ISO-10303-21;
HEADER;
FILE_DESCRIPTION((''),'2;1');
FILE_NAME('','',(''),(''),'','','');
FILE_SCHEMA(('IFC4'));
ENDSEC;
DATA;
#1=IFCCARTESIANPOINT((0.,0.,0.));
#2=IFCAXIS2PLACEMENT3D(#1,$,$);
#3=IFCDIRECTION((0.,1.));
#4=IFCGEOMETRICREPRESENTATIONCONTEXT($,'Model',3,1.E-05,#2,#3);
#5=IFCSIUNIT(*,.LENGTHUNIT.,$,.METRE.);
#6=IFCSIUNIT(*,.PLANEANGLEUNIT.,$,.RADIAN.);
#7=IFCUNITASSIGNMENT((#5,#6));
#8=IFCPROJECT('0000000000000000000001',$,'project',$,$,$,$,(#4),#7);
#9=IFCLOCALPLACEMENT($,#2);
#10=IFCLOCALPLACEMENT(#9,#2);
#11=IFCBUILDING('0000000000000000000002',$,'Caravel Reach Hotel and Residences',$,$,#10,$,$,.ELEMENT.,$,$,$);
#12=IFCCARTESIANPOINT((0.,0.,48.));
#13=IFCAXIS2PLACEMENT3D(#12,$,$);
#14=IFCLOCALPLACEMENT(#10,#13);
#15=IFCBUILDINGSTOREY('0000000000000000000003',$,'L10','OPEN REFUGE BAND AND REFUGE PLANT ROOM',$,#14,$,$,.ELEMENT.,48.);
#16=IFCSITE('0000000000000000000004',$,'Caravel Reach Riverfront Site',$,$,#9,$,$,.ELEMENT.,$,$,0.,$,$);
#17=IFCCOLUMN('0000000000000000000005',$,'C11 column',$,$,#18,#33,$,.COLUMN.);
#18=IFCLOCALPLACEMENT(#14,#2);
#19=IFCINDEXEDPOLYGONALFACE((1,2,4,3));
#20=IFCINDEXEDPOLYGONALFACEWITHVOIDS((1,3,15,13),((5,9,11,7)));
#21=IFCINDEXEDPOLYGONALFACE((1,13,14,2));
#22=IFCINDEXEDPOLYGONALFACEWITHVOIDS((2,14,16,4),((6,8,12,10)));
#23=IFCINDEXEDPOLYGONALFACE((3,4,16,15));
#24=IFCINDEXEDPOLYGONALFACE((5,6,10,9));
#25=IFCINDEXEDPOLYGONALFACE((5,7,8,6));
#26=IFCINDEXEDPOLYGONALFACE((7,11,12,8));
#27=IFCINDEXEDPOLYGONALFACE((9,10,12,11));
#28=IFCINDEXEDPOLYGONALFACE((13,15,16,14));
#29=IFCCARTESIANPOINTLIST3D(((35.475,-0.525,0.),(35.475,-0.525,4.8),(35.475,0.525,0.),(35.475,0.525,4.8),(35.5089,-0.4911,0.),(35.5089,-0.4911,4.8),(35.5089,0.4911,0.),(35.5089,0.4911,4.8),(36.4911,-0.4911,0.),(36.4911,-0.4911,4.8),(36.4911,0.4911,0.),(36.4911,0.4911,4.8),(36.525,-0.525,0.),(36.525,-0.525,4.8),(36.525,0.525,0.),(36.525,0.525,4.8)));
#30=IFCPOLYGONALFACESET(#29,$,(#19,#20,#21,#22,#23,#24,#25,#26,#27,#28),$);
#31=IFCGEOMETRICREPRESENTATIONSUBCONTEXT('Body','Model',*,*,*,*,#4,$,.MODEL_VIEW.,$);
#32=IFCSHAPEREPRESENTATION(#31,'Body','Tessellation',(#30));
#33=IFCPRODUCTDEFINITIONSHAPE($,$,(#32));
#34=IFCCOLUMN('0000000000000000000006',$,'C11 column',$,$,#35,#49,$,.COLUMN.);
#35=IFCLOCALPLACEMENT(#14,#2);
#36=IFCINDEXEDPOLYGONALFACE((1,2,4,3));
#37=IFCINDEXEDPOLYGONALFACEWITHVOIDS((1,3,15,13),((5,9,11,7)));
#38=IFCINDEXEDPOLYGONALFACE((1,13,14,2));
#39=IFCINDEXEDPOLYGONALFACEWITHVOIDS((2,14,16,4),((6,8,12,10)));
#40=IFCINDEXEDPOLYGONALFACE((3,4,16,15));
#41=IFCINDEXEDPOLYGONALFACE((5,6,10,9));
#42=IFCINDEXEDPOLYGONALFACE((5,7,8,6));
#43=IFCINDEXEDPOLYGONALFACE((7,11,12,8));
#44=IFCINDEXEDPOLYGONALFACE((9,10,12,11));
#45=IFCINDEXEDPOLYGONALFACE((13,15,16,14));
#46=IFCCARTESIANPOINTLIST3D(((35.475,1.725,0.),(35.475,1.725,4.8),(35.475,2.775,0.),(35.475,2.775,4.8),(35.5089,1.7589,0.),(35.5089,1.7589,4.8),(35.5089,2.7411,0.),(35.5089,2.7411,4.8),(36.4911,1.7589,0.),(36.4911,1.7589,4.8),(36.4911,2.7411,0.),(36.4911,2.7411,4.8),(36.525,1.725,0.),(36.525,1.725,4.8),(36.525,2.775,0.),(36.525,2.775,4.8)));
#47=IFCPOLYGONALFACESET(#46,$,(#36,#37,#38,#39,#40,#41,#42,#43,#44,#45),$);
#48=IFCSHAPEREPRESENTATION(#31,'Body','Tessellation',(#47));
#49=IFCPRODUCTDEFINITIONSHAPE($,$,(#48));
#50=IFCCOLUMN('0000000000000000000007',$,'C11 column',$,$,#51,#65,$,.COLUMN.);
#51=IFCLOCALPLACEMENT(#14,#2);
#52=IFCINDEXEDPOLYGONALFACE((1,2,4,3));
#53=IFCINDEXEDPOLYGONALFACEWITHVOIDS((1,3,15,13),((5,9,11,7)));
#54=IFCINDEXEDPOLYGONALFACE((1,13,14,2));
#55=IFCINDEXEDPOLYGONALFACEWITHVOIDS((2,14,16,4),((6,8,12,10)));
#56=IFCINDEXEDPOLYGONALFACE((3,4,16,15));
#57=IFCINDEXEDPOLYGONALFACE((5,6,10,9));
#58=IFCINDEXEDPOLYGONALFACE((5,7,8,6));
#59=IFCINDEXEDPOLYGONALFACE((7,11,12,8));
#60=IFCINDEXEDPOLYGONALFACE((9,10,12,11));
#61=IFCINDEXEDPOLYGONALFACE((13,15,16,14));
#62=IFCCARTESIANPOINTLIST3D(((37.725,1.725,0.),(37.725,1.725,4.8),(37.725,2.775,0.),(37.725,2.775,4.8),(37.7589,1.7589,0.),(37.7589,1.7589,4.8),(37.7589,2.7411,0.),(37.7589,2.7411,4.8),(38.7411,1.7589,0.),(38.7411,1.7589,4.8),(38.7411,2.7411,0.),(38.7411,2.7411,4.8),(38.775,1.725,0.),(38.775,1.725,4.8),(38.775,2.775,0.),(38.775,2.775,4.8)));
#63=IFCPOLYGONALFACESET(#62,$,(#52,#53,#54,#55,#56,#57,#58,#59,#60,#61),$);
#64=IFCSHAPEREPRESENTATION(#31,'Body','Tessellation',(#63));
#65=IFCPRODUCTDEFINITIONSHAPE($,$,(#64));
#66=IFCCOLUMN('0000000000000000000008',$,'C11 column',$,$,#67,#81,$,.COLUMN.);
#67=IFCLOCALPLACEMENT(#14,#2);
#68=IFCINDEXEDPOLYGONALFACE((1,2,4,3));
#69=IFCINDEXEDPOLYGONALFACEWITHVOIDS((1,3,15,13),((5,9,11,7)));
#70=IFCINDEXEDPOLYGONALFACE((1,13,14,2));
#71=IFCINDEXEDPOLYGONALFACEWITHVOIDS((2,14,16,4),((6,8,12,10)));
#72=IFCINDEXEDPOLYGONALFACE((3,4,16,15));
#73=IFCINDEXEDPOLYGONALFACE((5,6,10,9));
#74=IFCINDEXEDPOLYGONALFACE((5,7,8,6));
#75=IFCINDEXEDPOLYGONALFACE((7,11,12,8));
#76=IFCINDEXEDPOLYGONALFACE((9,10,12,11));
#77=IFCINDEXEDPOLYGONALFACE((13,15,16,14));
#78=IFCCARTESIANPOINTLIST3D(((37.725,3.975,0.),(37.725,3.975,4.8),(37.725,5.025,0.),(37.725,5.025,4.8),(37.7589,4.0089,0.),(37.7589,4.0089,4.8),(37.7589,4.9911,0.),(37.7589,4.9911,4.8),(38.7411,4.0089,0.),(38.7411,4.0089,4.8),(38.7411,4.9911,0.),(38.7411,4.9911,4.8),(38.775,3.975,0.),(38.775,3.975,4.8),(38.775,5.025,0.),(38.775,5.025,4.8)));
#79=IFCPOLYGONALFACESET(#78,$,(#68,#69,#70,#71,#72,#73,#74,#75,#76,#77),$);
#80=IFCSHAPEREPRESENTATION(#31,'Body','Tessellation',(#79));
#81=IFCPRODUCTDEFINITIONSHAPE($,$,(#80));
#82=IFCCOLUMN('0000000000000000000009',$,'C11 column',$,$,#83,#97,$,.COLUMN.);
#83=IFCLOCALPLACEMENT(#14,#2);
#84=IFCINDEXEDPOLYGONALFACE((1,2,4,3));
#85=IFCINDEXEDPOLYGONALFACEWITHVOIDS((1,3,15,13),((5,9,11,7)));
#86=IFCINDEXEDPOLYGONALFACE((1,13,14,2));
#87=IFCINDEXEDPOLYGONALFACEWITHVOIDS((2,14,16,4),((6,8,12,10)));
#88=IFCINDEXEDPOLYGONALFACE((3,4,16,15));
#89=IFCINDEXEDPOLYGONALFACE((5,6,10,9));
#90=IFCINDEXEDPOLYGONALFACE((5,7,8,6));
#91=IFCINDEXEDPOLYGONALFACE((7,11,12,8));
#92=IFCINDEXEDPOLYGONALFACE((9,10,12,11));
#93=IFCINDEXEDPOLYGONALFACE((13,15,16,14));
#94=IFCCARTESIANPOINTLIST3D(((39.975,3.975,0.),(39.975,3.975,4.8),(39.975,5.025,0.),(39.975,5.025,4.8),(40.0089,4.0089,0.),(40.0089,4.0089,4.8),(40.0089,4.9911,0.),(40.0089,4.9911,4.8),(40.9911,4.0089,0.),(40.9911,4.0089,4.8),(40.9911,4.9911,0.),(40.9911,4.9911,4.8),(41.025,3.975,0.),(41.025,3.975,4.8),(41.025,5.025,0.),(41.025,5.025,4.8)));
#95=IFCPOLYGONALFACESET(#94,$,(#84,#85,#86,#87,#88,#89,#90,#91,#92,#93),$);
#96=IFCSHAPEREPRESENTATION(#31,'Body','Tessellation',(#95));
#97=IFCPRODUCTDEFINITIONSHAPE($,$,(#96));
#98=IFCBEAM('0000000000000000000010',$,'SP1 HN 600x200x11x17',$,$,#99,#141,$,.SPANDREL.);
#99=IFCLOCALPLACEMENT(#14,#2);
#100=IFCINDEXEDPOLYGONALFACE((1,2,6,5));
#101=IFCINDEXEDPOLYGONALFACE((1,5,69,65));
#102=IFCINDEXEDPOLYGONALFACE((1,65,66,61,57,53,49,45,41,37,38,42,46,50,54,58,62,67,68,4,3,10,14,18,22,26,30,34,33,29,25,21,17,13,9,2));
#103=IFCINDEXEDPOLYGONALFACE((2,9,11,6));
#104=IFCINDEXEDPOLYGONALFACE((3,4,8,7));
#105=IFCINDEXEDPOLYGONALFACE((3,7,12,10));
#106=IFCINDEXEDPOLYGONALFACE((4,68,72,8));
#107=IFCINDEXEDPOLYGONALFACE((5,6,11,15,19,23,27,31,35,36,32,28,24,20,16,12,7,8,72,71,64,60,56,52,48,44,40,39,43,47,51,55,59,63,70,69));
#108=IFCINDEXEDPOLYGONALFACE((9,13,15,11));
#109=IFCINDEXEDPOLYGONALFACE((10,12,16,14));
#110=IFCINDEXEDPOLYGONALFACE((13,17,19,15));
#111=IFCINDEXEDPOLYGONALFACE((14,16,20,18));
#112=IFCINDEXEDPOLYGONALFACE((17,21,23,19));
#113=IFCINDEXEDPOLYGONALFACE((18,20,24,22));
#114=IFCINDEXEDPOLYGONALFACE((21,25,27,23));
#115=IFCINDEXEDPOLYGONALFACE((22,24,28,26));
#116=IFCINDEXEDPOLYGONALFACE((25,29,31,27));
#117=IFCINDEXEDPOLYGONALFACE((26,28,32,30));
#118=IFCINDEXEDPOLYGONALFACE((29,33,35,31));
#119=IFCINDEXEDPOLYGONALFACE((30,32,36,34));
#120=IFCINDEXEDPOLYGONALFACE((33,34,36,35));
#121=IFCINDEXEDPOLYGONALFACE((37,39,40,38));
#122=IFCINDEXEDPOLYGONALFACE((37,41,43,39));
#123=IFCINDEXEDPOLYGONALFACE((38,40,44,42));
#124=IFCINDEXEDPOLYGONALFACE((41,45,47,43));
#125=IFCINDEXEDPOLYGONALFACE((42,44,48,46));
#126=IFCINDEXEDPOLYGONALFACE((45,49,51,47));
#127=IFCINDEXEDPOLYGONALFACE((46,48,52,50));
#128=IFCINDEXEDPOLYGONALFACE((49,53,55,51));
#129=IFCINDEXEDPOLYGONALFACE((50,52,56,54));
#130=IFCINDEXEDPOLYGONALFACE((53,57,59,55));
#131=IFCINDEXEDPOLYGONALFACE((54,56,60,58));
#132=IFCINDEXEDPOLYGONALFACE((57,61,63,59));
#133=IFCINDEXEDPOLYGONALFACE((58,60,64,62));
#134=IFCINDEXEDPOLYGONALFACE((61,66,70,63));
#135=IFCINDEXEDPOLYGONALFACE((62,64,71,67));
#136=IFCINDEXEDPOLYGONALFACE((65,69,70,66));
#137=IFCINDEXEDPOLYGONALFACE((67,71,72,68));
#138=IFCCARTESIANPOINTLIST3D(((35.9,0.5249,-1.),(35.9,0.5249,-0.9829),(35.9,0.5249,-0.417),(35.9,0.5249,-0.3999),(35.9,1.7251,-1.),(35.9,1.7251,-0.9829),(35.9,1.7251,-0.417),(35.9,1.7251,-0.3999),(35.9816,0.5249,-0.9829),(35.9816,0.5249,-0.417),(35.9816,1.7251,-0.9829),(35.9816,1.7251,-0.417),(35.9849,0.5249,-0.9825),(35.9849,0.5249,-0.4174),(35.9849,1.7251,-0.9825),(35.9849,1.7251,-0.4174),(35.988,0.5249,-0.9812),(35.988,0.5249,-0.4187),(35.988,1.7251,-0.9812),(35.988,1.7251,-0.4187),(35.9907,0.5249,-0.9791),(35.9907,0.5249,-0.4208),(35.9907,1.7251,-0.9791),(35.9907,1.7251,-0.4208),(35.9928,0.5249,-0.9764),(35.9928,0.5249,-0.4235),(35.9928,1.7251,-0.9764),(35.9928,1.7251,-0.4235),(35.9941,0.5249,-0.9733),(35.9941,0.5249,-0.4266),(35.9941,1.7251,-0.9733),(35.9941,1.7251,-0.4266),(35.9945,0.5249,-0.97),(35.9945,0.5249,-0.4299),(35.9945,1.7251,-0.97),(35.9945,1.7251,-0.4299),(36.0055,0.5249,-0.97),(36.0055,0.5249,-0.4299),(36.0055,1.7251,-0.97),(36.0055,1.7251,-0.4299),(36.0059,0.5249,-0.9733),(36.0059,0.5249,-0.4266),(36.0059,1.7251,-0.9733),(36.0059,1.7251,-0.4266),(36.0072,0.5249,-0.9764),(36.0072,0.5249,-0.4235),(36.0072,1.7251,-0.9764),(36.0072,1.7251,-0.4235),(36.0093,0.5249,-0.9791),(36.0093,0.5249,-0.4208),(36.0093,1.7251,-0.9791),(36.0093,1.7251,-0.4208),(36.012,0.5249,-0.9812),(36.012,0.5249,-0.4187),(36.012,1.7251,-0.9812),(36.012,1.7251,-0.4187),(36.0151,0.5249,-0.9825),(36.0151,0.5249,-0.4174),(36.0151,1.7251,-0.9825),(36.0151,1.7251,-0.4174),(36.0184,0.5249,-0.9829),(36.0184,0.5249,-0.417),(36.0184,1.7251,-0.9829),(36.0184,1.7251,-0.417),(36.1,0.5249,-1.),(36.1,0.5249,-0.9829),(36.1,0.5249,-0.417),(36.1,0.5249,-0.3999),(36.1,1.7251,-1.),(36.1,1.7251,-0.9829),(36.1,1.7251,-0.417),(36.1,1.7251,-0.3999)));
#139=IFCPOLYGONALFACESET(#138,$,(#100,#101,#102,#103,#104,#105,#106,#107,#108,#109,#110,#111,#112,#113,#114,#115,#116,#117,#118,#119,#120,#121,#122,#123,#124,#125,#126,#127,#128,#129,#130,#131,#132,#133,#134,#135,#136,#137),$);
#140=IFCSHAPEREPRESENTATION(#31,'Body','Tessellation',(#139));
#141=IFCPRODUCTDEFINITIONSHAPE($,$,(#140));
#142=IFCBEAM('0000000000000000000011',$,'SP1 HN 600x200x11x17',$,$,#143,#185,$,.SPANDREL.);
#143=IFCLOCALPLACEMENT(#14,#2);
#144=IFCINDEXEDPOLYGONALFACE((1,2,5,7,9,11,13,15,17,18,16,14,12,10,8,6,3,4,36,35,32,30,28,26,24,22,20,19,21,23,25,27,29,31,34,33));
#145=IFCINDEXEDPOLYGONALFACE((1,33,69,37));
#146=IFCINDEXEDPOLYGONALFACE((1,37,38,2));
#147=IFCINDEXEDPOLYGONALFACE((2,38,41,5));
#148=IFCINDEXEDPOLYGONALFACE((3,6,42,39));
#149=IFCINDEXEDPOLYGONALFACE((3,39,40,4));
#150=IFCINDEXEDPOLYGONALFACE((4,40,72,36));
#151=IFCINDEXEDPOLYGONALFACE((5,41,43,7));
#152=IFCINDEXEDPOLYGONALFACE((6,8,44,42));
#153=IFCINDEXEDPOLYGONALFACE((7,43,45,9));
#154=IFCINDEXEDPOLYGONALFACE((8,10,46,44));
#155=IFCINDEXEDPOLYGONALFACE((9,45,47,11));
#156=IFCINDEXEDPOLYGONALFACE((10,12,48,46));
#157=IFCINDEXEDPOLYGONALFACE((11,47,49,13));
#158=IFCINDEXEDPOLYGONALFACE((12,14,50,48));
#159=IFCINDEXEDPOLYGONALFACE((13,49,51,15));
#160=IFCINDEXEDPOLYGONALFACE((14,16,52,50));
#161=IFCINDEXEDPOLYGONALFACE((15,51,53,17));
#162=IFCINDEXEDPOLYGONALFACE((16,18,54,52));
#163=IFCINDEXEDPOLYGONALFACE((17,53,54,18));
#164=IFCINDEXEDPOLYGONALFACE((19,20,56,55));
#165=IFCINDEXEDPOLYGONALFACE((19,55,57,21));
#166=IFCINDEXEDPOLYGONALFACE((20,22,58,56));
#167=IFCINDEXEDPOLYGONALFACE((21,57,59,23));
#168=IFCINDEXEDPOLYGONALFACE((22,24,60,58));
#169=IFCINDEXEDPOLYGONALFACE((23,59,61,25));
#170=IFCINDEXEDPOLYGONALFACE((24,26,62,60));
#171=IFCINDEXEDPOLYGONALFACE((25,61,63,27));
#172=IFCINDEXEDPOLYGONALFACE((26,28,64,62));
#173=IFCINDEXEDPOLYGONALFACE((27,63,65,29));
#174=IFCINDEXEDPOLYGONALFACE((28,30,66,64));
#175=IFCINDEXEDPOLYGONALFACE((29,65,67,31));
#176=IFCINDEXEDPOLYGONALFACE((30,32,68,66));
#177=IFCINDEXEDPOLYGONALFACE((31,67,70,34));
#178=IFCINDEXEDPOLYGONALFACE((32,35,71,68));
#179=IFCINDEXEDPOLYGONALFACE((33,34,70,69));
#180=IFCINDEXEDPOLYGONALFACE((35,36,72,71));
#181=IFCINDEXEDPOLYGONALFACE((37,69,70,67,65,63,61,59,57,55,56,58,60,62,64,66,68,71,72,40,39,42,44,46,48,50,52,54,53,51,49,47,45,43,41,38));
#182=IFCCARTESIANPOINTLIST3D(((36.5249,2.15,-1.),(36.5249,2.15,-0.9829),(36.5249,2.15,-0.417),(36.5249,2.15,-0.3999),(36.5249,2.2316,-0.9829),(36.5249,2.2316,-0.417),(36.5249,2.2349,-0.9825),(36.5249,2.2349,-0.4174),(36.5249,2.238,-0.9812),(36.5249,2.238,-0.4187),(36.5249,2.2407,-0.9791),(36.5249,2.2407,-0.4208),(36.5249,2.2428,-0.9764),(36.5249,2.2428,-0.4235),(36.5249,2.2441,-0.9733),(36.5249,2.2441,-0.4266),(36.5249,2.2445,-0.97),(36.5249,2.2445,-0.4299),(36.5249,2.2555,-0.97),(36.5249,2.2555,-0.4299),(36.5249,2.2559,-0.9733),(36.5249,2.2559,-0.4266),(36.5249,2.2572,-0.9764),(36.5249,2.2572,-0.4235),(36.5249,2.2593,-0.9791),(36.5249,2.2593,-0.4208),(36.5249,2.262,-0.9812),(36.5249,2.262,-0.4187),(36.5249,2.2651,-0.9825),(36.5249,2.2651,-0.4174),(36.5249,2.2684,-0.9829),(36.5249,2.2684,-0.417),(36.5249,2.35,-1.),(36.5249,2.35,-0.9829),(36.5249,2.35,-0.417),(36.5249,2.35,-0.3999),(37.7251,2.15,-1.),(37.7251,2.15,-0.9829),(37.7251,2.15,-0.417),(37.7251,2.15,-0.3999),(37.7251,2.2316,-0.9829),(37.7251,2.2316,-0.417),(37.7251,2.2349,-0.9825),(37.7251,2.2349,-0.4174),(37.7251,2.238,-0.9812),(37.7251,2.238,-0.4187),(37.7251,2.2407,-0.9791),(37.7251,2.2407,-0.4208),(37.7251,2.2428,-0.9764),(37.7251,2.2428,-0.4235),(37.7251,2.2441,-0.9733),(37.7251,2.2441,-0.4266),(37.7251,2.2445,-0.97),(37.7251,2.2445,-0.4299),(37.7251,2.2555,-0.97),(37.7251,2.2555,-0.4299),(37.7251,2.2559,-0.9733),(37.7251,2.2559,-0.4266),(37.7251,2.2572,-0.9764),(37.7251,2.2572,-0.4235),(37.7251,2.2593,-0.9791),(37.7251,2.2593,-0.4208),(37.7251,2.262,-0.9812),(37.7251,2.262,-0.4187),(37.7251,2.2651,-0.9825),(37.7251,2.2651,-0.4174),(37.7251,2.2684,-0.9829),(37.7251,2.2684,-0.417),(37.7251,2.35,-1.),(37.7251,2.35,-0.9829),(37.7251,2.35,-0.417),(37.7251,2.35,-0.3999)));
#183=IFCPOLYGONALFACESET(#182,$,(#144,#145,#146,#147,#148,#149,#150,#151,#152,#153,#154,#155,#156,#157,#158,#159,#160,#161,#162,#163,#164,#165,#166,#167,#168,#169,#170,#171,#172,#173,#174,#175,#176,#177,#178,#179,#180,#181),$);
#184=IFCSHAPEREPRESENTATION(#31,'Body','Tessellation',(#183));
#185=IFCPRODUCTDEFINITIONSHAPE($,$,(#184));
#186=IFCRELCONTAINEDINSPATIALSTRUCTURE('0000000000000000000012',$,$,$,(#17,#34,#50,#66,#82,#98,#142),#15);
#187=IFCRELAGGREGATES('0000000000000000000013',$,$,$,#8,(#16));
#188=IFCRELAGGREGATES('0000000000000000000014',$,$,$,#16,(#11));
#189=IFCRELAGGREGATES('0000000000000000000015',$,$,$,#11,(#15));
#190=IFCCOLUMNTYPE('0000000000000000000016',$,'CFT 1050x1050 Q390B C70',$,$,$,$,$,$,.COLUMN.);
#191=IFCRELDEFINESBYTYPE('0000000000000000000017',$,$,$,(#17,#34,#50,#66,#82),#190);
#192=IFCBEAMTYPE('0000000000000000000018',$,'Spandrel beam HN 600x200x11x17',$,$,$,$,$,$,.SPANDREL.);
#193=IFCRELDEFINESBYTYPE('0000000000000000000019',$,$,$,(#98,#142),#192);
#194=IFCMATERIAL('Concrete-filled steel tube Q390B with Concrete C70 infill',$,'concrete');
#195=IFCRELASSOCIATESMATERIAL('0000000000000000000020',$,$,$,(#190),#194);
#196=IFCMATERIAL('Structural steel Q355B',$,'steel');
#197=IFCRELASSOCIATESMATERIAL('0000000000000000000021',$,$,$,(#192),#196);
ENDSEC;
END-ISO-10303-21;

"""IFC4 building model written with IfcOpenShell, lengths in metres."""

from ifc_helpers import new_model, si_unit, direction, frame, origin, origin_2d, place, context, subcontext, project, spatial, hollow_rectangle, i_section, extrude, material, material_profile, profile_set, type_object, element, save


model = new_model("IFC4")

# Units and contexts
model_context = context("Model", 3, precision=1e-05, world=origin(), true_north=direction((0.0, 1.0)))
body_context = subcontext(model_context, "Body", "Model", "MODEL_VIEW")
ifc_project = project(units=[si_unit("LENGTHUNIT", "METRE"), si_unit("PLANEANGLEUNIT", "RADIAN")], contexts=[model_context])

# Site, building, storey
site_placement = place(None, origin())
site = spatial("IfcSite", under=ifc_project, at=site_placement, Name="Caravel Reach Riverfront Site", CompositionType="ELEMENT", RefElevation=0.0)
building_placement = place(site_placement, origin())
building = spatial("IfcBuilding", under=site, at=building_placement, Name="Caravel Reach Hotel and Residences", CompositionType="ELEMENT")
storey_placement = place(building_placement, frame((0.0, 0.0, 48.0)))
storey = spatial("IfcBuildingStorey", under=building, at=storey_placement, Name="L10", Description="OPEN REFUGE BAND AND REFUGE PLANT ROOM", CompositionType="ELEMENT", Elevation=48.0)

# Columns
ifc_material_1 = material(Name="Concrete-filled steel tube Q390B with Concrete C70 infill", Category="concrete")
ifc_material_profile_1 = material_profile(ifc_material_1, hollow_rectangle(XDim=1.05, YDim=1.05, WallThickness=0.0339, at=origin_2d()), Name="RHS 1050x1050x34")
ifc_profile_set_1 = profile_set([ifc_material_profile_1], Name="Concrete-filled steel tube Q390B with Concrete C70 infill")
column_type = type_object("IfcColumnType", Name="CFT 1050x1050 Q390B C70", PredefinedType="COLUMN", material=ifc_profile_set_1)
for number, where, z_axis, x_axis, name in (
    (1, (36.0, 0.0, 0.0), (0.0, 0.0, 1.0), (1.0, 0.0, 0.0), "C11 column"),
    (2, (36.0, 2.25, 0.0), (0.0, 0.0, 1.0), (1.0, 0.0, 0.0), "C11 column"),
    (3, (38.25, 2.25, 0.0), (0.0, 0.0, 1.0), (1.0, 0.0, 0.0), "C11 column"),
    (4, (38.25, 4.5, 0.0), (0.0, 0.0, 1.0), (1.0, 0.0, 0.0), "C11 column"),
    (5, (40.5, 4.5, 0.0), (0.0, 0.0, 1.0), (1.0, 0.0, 0.0), "C11 column"),
):
    element("IfcColumn", number, at=place(storey_placement, frame(where, z_axis=z_axis, x_axis=x_axis)), inside=storey, type_object=column_type, Name=name, PredefinedType="COLUMN", context=body_context, shape_type="SweptSolid", body=[
        extrude(hollow_rectangle(XDim=1.05, YDim=1.05, WallThickness=0.0339, at=origin_2d()), origin(), (0.0, 0.0, 1.0), 4.8),
    ])

# Beams
ifc_material_2 = material(Name="Structural steel Q355B", Category="steel")
ifc_material_profile_2 = material_profile(ifc_material_2, i_section(OverallWidth=0.2, OverallDepth=0.6001, WebThickness=0.011, FlangeThickness=0.0171, FilletRadius=0.0129, at=origin_2d()), Name="HN 600x200x11x17")
ifc_profile_set_2 = profile_set([ifc_material_profile_2], Name="Structural steel Q355B")
beam_type = type_object("IfcBeamType", Name="Spandrel beam HN 600x200x11x17", PredefinedType="SPANDREL", material=ifc_profile_set_2)
for number, where, z_axis, x_axis, name in (
    (6, (36.0, 0.5249, -0.7), (0.0, 1.0, 0.0), (-1.0, 0.0, 0.0), "SP1 HN 600x200x11x17"),
    (7, (36.5249, 2.25, -0.7), (1.0, 0.0, 0.0), (0.0, 1.0, 0.0), "SP1 HN 600x200x11x17"),
):
    element("IfcBeam", number, at=place(storey_placement, frame(where, z_axis=z_axis, x_axis=x_axis)), inside=storey, type_object=beam_type, Name=name, PredefinedType="SPANDREL", context=body_context, shape_type="SweptSolid", body=[
        extrude(i_section(OverallWidth=0.2, OverallDepth=0.6001, WebThickness=0.011, FlangeThickness=0.0171, FilletRadius=0.0129, at=origin_2d()), origin(), (0.0, 0.0, 1.0), 1.2002),
    ])

save(model, "model.ifc")
